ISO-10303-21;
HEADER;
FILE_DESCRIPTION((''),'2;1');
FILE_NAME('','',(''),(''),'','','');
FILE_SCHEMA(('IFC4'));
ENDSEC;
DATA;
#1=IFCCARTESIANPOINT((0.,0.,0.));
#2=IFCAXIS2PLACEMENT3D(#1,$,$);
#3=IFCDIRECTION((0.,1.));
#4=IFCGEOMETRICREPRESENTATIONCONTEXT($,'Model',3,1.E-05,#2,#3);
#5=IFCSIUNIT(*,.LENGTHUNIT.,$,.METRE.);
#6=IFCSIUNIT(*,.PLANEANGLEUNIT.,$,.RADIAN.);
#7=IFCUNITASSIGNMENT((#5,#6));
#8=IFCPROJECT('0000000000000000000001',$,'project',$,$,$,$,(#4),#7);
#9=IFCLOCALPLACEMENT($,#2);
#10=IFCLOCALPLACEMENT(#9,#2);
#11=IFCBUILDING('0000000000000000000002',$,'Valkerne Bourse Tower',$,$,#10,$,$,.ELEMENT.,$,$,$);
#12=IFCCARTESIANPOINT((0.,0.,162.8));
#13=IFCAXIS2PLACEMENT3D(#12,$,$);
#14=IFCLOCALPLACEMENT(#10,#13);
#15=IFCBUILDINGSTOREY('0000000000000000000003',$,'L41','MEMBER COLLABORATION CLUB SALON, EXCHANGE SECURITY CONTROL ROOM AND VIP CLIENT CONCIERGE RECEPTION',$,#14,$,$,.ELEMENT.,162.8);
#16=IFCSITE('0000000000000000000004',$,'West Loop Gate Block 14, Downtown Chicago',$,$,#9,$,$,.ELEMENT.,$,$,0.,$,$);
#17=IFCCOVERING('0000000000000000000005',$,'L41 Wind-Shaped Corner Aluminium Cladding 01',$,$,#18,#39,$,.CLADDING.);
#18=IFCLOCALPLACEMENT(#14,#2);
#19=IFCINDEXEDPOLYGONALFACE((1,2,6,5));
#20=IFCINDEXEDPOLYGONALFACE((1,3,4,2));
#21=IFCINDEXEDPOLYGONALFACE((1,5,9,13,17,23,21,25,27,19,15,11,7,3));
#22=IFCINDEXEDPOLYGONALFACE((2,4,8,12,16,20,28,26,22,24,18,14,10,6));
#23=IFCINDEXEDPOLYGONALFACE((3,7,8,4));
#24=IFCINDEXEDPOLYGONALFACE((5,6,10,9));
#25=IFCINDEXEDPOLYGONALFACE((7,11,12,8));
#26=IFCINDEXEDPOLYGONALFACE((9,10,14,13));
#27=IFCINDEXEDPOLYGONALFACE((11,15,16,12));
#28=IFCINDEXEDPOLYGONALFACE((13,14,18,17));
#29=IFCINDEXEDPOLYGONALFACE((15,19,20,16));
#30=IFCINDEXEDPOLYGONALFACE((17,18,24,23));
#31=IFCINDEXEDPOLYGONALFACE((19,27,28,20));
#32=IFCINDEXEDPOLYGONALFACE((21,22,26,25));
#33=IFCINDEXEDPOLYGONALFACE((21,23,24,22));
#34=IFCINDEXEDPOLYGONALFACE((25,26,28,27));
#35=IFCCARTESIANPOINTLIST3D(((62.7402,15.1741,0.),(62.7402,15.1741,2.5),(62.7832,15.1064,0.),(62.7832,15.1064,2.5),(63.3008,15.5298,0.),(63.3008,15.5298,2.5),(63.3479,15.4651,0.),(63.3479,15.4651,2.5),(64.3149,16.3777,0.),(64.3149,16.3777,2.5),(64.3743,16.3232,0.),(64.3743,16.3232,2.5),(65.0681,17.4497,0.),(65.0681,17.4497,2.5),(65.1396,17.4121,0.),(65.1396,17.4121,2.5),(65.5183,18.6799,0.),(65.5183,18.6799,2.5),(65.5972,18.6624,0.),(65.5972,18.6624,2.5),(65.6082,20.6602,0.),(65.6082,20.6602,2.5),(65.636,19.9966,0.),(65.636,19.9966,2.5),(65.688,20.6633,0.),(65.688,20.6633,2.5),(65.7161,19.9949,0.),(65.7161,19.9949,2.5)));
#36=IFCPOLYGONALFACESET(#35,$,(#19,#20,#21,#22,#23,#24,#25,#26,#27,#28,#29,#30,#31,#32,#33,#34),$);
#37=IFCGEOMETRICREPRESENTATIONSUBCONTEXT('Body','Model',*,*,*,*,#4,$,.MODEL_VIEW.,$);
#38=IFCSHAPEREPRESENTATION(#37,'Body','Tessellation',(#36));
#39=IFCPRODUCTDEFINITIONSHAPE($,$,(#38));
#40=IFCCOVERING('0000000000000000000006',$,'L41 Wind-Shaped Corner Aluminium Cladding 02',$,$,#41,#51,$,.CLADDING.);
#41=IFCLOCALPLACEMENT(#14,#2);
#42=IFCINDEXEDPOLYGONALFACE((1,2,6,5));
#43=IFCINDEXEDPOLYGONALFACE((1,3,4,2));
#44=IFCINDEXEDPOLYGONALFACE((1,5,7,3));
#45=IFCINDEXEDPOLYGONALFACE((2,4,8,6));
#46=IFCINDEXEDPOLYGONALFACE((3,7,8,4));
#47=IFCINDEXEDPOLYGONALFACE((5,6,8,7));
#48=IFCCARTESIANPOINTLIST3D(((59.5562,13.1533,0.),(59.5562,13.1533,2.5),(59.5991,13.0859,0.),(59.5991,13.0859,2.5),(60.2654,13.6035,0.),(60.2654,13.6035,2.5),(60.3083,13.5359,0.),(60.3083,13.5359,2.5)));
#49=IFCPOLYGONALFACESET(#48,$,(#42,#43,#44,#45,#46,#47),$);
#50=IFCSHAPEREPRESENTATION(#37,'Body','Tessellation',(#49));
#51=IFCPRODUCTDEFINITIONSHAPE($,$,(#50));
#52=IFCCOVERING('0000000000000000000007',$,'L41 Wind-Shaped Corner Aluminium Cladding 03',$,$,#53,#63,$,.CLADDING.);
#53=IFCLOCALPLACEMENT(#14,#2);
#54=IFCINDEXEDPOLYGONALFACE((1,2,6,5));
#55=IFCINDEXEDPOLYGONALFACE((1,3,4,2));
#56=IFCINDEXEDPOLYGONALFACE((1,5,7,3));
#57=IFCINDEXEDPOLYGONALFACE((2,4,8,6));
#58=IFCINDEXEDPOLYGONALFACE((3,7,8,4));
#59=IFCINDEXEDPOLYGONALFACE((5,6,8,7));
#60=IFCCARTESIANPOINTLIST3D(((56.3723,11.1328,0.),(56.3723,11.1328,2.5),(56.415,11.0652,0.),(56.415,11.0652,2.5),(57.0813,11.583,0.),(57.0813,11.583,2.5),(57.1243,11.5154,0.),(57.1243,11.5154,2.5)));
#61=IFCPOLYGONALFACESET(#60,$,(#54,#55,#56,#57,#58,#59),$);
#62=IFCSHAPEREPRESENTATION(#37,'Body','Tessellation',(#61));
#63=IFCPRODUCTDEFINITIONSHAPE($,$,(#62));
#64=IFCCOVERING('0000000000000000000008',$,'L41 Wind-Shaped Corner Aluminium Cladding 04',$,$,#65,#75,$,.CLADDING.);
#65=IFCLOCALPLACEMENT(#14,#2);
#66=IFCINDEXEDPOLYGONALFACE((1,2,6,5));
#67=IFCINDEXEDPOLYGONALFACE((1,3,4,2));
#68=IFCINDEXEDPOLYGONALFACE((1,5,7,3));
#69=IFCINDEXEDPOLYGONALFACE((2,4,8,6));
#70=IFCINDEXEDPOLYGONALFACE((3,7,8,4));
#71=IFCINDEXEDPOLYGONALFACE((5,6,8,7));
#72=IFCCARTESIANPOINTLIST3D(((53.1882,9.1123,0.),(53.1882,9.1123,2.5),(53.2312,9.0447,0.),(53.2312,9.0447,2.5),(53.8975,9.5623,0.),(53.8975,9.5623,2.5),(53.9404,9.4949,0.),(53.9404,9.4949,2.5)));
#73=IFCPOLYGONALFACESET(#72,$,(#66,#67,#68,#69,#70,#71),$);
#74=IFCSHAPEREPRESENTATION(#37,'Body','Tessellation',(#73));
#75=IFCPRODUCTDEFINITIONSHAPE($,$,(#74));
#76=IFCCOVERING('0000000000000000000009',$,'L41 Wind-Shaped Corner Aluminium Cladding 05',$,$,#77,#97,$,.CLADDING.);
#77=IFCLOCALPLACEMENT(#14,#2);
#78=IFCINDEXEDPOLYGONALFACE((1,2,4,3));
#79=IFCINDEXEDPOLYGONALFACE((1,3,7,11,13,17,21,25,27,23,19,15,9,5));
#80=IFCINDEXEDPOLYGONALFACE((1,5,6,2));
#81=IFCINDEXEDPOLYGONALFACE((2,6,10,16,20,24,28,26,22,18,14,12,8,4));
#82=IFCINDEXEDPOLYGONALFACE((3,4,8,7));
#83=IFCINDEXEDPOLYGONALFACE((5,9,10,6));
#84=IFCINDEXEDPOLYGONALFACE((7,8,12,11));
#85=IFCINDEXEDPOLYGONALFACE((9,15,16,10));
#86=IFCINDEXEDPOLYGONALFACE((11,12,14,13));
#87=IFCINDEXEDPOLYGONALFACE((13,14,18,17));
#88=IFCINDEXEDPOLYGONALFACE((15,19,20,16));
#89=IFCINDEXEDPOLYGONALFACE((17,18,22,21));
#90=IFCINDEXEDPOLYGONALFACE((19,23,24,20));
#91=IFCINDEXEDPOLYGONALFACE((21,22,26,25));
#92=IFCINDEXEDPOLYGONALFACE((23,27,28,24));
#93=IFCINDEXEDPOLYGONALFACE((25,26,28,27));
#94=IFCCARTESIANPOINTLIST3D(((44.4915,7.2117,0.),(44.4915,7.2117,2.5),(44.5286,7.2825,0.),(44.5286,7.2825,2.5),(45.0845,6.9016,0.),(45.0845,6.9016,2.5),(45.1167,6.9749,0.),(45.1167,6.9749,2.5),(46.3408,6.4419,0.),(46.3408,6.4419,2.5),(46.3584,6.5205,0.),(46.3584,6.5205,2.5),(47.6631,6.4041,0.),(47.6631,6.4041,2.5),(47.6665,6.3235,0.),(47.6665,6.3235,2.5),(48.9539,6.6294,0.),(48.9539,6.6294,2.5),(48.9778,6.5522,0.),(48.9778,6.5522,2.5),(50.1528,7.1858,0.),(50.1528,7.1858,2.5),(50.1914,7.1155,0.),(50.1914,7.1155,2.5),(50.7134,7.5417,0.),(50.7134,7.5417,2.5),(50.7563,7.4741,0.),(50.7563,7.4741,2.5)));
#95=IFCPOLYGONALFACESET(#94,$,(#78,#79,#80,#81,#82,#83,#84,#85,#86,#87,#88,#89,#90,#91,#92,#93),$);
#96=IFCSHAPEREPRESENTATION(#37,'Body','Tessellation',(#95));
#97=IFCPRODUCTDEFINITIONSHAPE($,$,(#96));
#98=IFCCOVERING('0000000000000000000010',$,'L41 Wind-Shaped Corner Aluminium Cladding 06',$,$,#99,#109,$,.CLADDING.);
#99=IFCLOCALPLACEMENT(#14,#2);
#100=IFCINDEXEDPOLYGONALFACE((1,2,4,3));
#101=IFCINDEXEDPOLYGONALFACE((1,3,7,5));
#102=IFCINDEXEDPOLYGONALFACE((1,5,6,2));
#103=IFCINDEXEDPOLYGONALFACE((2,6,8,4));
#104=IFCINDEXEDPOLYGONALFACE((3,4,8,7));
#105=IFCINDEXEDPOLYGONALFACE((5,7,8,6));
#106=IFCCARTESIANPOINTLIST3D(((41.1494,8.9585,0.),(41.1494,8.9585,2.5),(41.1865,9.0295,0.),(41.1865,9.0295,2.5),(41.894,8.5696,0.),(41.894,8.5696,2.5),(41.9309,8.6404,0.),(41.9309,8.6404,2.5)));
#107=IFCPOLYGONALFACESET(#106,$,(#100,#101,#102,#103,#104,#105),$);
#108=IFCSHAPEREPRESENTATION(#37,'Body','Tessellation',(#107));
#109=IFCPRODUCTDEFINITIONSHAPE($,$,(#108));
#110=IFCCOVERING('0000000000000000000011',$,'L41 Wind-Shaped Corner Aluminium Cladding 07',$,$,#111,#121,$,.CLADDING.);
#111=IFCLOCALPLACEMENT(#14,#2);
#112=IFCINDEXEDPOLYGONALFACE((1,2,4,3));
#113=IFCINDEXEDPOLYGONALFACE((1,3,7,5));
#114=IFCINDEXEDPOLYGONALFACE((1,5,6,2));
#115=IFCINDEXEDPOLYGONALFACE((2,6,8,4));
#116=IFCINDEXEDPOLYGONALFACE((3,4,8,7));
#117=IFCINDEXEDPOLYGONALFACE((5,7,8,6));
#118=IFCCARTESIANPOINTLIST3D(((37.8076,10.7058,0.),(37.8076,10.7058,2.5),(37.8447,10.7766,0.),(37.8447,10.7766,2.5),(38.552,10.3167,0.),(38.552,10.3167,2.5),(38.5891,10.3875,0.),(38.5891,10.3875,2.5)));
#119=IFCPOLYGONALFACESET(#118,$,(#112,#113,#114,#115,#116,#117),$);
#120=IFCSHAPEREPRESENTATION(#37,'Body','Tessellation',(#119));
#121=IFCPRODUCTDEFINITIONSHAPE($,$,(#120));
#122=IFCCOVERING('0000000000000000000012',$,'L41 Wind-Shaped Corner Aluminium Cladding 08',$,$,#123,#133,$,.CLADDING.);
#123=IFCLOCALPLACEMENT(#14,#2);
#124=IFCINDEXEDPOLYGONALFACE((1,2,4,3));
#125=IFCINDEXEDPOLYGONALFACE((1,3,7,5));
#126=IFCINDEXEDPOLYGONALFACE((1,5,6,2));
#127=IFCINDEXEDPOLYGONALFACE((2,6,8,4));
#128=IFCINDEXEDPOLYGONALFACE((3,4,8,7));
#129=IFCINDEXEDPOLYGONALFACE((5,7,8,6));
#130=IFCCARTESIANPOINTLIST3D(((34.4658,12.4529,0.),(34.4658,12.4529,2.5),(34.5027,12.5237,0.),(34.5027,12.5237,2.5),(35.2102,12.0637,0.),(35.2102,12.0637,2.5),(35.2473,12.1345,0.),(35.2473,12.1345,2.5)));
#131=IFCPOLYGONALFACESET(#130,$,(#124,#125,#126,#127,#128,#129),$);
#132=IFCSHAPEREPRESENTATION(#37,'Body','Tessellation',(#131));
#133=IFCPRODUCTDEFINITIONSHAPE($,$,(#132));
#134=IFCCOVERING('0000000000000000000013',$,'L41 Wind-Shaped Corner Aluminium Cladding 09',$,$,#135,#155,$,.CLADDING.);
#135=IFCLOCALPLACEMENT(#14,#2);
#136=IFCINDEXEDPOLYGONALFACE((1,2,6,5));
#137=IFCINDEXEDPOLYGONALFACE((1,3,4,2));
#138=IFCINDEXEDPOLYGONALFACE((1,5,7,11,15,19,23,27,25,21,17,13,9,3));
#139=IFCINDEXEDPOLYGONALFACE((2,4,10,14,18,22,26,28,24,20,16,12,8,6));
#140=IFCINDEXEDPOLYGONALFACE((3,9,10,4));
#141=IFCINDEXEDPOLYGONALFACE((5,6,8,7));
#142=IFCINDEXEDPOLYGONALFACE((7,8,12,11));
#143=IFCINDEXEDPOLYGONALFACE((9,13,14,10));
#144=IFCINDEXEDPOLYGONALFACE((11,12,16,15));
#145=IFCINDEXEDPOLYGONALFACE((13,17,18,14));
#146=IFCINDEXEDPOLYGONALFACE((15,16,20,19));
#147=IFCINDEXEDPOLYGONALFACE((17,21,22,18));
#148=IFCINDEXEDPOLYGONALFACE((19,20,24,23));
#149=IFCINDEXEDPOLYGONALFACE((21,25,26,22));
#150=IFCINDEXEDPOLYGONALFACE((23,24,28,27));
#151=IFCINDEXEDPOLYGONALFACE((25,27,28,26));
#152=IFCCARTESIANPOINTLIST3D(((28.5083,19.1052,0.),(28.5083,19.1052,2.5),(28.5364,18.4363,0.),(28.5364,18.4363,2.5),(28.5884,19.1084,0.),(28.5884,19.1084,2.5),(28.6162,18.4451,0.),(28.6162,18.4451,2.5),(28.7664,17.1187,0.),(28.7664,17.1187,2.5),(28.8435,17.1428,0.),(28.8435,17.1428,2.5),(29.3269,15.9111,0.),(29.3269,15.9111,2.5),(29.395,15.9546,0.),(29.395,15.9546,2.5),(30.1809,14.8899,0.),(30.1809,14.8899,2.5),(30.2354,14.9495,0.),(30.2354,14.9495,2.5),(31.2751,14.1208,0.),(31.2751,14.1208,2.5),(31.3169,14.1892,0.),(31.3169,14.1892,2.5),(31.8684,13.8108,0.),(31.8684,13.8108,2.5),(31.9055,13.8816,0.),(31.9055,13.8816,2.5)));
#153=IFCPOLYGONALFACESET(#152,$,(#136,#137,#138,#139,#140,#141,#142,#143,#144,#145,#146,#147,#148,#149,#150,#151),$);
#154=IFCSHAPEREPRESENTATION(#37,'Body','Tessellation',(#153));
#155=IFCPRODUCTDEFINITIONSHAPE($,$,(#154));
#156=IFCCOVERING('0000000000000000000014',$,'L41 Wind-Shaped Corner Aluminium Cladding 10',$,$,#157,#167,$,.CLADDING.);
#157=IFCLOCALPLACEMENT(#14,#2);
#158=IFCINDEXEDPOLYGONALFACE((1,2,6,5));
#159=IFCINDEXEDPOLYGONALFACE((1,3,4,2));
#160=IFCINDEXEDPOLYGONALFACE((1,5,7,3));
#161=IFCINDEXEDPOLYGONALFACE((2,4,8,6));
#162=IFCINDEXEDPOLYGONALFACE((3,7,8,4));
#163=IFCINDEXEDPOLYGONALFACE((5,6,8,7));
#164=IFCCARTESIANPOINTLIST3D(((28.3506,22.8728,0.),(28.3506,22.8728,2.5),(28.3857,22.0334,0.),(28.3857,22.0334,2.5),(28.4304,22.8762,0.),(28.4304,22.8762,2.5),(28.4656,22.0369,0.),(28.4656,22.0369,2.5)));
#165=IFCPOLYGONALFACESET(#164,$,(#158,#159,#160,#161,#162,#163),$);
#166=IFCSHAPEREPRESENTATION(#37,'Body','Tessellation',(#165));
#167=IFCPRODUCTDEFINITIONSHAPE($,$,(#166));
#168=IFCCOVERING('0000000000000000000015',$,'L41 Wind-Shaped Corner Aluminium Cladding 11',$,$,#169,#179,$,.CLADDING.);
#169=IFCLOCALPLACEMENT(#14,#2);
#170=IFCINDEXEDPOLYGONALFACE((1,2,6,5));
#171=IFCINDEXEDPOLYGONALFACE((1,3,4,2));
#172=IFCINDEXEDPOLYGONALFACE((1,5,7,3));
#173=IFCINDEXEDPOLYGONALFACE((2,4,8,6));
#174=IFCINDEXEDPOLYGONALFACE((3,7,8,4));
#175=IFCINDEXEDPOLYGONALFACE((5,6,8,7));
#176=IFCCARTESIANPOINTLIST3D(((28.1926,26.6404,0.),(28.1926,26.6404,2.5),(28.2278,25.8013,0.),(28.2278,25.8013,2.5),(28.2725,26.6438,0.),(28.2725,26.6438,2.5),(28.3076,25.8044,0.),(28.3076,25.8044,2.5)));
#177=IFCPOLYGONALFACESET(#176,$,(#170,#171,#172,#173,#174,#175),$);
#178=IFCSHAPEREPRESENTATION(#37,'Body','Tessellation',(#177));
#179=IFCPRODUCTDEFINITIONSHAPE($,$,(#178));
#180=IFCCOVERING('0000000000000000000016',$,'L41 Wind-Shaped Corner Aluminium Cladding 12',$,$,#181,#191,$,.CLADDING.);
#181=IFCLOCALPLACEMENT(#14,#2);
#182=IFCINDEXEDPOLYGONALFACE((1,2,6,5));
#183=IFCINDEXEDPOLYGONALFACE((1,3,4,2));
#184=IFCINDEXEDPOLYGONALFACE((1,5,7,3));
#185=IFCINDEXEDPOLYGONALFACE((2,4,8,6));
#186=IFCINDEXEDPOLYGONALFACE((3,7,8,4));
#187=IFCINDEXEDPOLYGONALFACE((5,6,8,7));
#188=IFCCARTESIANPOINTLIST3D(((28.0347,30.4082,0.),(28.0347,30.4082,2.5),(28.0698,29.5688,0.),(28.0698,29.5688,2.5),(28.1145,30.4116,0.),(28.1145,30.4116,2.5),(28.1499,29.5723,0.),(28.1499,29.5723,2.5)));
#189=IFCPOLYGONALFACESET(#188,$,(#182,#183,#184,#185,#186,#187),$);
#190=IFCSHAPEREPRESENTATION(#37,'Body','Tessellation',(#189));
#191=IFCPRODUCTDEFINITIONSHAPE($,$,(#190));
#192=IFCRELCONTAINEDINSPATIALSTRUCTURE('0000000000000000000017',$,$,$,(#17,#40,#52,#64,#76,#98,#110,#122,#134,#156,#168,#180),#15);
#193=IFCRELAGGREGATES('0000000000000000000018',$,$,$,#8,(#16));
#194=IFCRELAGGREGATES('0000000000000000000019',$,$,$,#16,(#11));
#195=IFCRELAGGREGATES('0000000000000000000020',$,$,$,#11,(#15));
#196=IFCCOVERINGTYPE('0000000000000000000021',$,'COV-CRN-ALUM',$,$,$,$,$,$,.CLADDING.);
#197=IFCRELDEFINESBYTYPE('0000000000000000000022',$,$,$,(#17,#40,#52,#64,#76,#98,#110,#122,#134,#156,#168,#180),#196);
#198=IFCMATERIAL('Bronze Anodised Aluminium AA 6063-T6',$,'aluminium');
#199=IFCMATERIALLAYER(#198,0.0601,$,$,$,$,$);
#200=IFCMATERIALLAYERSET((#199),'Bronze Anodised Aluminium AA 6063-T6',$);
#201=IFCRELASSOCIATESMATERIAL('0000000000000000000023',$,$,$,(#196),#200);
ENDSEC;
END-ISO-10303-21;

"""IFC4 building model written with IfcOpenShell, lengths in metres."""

from ifc_helpers import new_model, si_unit, direction, frame, origin, place, context, subcontext, project, spatial, polyline, outline, extrude, material, layer, layer_set, type_object, element, save


model = new_model("IFC4")

# Units and contexts
model_context = context("Model", 3, precision=1e-05, world=origin(), true_north=direction((0.0, 1.0)))
body_context = subcontext(model_context, "Body", "Model", "MODEL_VIEW")
ifc_project = project(units=[si_unit("LENGTHUNIT", "METRE"), si_unit("PLANEANGLEUNIT", "RADIAN")], contexts=[model_context])

# Site, building, storey
site_placement = place(None, origin())
site = spatial("IfcSite", under=ifc_project, at=site_placement, Name="West Loop Gate Block 14, Downtown Chicago", CompositionType="ELEMENT", RefElevation=0.0)
building_placement = place(site_placement, origin())
building = spatial("IfcBuilding", under=site, at=building_placement, Name="Valkerne Bourse Tower", CompositionType="ELEMENT")
storey_placement = place(building_placement, frame((0.0, 0.0, 162.8)))
storey = spatial("IfcBuildingStorey", under=building, at=storey_placement, Name="L41", Description="MEMBER COLLABORATION CLUB SALON, EXCHANGE SECURITY CONTROL ROOM AND VIP CLIENT CONCIERGE RECEPTION", CompositionType="ELEMENT", Elevation=162.8)

# Coverings
ifc_material_1 = material(Name="Bronze Anodised Aluminium AA 6063-T6", Category="aluminium")
ifc_layer_1 = layer(ifc_material_1, 0.0601)
ifc_layer_set_1 = layer_set([ifc_layer_1], Name="Bronze Anodised Aluminium AA 6063-T6")
covering_type = type_object("IfcCoveringType", Name="COV-CRN-ALUM", PredefinedType="CLADDING", material=ifc_layer_set_1)
covering_1_placement = place(storey_placement, origin())
element("IfcCovering", 1, at=covering_1_placement, inside=storey, type_object=covering_type, Name="L41 Wind-Shaped Corner Aluminium Cladding 01", PredefinedType="CLADDING", context=body_context, shape_type="SweptSolid", body=[
    extrude(outline(polyline([(65.5972, 18.6624), (65.1396, 17.4121), (64.3743, 16.3232), (63.3479, 15.4651), (62.7832, 15.1064), (62.7402, 15.1741), (63.3008, 15.5298), (64.3149, 16.3777), (65.0681, 17.4497), (65.5183, 18.6799), (65.636, 19.9966), (65.6082, 20.6602), (65.688, 20.6633), (65.7161, 19.9949), (65.5972, 18.6624)])), origin(), (0.0, 0.0, 1.0), 2.5),
])
covering_2_placement = place(storey_placement, origin())
element("IfcCovering", 2, at=covering_2_placement, inside=storey, type_object=covering_type, Name="L41 Wind-Shaped Corner Aluminium Cladding 02", PredefinedType="CLADDING", context=body_context, shape_type="SweptSolid", body=[
    extrude(outline(polyline([(59.5991, 13.0859), (59.5562, 13.1533), (60.2654, 13.6035), (60.3083, 13.5359), (59.5991, 13.0859)])), origin(), (0.0, 0.0, 1.0), 2.5),
])
covering_3_placement = place(storey_placement, origin())
element("IfcCovering", 3, at=covering_3_placement, inside=storey, type_object=covering_type, Name="L41 Wind-Shaped Corner Aluminium Cladding 03", PredefinedType="CLADDING", context=body_context, shape_type="SweptSolid", body=[
    extrude(outline(polyline([(56.415, 11.0652), (56.3723, 11.1328), (57.0813, 11.583), (57.1243, 11.5154), (56.415, 11.0652)])), origin(), (0.0, 0.0, 1.0), 2.5),
])
covering_4_placement = place(storey_placement, origin())
element("IfcCovering", 4, at=covering_4_placement, inside=storey, type_object=covering_type, Name="L41 Wind-Shaped Corner Aluminium Cladding 04", PredefinedType="CLADDING", context=body_context, shape_type="SweptSolid", body=[
    extrude(outline(polyline([(53.2312, 9.0447), (53.1882, 9.1123), (53.8975, 9.5623), (53.9404, 9.4949), (53.2312, 9.0447)])), origin(), (0.0, 0.0, 1.0), 2.5),
])
covering_5_placement = place(storey_placement, origin())
element("IfcCovering", 5, at=covering_5_placement, inside=storey, type_object=covering_type, Name="L41 Wind-Shaped Corner Aluminium Cladding 05", PredefinedType="CLADDING", context=body_context, shape_type="SweptSolid", body=[
    extrude(outline(polyline([(50.1914, 7.1155), (48.9778, 6.5522), (47.6665, 6.3235), (46.3408, 6.4419), (45.0845, 6.9016), (44.4915, 7.2117), (44.5286, 7.2825), (45.1167, 6.9749), (46.3584, 6.5205), (47.6631, 6.4041), (48.9539, 6.6294), (50.1528, 7.1858), (50.7134, 7.5417), (50.7563, 7.4741), (50.1914, 7.1155)])), origin(), (0.0, 0.0, 1.0), 2.5),
])
covering_6_placement = place(storey_placement, origin())
element("IfcCovering", 6, at=covering_6_placement, inside=storey, type_object=covering_type, Name="L41 Wind-Shaped Corner Aluminium Cladding 06", PredefinedType="CLADDING", context=body_context, shape_type="SweptSolid", body=[
    extrude(outline(polyline([(41.1494, 8.9585), (41.1865, 9.0295), (41.9309, 8.6404), (41.894, 8.5696), (41.1494, 8.9585)])), origin(), (0.0, 0.0, 1.0), 2.5),
])
covering_7_placement = place(storey_placement, origin())
element("IfcCovering", 7, at=covering_7_placement, inside=storey, type_object=covering_type, Name="L41 Wind-Shaped Corner Aluminium Cladding 07", PredefinedType="CLADDING", context=body_context, shape_type="SweptSolid", body=[
    extrude(outline(polyline([(37.8076, 10.7058), (37.8447, 10.7766), (38.5891, 10.3875), (38.552, 10.3167), (37.8076, 10.7058)])), origin(), (0.0, 0.0, 1.0), 2.5),
])
covering_8_placement = place(storey_placement, origin())
element("IfcCovering", 8, at=covering_8_placement, inside=storey, type_object=covering_type, Name="L41 Wind-Shaped Corner Aluminium Cladding 08", PredefinedType="CLADDING", context=body_context, shape_type="SweptSolid", body=[
    extrude(outline(polyline([(34.4658, 12.4529), (34.5027, 12.5237), (35.2473, 12.1345), (35.2102, 12.0637), (34.4658, 12.4529)])), origin(), (0.0, 0.0, 1.0), 2.5),
])
covering_9_placement = place(storey_placement, origin())
element("IfcCovering", 9, at=covering_9_placement, inside=storey, type_object=covering_type, Name="L41 Wind-Shaped Corner Aluminium Cladding 09", PredefinedType="CLADDING", context=body_context, shape_type="SweptSolid", body=[
    extrude(outline(polyline([(31.2751, 14.1208), (30.1809, 14.8899), (29.3269, 15.9111), (28.7664, 17.1187), (28.5364, 18.4363), (28.5083, 19.1052), (28.5884, 19.1084), (28.6162, 18.4451), (28.8435, 17.1428), (29.395, 15.9546), (30.2354, 14.9495), (31.3169, 14.1892), (31.9055, 13.8816), (31.8684, 13.8108), (31.2751, 14.1208)])), origin(), (0.0, 0.0, 1.0), 2.5),
])
covering_10_placement = place(storey_placement, origin())
element("IfcCovering", 10, at=covering_10_placement, inside=storey, type_object=covering_type, Name="L41 Wind-Shaped Corner Aluminium Cladding 10", PredefinedType="CLADDING", context=body_context, shape_type="SweptSolid", body=[
    extrude(outline(polyline([(28.3506, 22.8728), (28.4304, 22.8762), (28.4656, 22.0369), (28.3857, 22.0334), (28.3506, 22.8728)])), origin(), (0.0, 0.0, 1.0), 2.5),
])
covering_11_placement = place(storey_placement, origin())
element("IfcCovering", 11, at=covering_11_placement, inside=storey, type_object=covering_type, Name="L41 Wind-Shaped Corner Aluminium Cladding 11", PredefinedType="CLADDING", context=body_context, shape_type="SweptSolid", body=[
    extrude(outline(polyline([(28.1926, 26.6404), (28.2725, 26.6438), (28.3076, 25.8044), (28.2278, 25.8013), (28.1926, 26.6404)])), origin(), (0.0, 0.0, 1.0), 2.5),
])
covering_12_placement = place(storey_placement, origin())
element("IfcCovering", 12, at=covering_12_placement, inside=storey, type_object=covering_type, Name="L41 Wind-Shaped Corner Aluminium Cladding 12", PredefinedType="CLADDING", context=body_context, shape_type="SweptSolid", body=[
    extrude(outline(polyline([(28.0347, 30.4082), (28.1145, 30.4116), (28.1499, 29.5723), (28.0698, 29.5688), (28.0347, 30.4082)])), origin(), (0.0, 0.0, 1.0), 2.5),
])

save(model, "model.ifc")
